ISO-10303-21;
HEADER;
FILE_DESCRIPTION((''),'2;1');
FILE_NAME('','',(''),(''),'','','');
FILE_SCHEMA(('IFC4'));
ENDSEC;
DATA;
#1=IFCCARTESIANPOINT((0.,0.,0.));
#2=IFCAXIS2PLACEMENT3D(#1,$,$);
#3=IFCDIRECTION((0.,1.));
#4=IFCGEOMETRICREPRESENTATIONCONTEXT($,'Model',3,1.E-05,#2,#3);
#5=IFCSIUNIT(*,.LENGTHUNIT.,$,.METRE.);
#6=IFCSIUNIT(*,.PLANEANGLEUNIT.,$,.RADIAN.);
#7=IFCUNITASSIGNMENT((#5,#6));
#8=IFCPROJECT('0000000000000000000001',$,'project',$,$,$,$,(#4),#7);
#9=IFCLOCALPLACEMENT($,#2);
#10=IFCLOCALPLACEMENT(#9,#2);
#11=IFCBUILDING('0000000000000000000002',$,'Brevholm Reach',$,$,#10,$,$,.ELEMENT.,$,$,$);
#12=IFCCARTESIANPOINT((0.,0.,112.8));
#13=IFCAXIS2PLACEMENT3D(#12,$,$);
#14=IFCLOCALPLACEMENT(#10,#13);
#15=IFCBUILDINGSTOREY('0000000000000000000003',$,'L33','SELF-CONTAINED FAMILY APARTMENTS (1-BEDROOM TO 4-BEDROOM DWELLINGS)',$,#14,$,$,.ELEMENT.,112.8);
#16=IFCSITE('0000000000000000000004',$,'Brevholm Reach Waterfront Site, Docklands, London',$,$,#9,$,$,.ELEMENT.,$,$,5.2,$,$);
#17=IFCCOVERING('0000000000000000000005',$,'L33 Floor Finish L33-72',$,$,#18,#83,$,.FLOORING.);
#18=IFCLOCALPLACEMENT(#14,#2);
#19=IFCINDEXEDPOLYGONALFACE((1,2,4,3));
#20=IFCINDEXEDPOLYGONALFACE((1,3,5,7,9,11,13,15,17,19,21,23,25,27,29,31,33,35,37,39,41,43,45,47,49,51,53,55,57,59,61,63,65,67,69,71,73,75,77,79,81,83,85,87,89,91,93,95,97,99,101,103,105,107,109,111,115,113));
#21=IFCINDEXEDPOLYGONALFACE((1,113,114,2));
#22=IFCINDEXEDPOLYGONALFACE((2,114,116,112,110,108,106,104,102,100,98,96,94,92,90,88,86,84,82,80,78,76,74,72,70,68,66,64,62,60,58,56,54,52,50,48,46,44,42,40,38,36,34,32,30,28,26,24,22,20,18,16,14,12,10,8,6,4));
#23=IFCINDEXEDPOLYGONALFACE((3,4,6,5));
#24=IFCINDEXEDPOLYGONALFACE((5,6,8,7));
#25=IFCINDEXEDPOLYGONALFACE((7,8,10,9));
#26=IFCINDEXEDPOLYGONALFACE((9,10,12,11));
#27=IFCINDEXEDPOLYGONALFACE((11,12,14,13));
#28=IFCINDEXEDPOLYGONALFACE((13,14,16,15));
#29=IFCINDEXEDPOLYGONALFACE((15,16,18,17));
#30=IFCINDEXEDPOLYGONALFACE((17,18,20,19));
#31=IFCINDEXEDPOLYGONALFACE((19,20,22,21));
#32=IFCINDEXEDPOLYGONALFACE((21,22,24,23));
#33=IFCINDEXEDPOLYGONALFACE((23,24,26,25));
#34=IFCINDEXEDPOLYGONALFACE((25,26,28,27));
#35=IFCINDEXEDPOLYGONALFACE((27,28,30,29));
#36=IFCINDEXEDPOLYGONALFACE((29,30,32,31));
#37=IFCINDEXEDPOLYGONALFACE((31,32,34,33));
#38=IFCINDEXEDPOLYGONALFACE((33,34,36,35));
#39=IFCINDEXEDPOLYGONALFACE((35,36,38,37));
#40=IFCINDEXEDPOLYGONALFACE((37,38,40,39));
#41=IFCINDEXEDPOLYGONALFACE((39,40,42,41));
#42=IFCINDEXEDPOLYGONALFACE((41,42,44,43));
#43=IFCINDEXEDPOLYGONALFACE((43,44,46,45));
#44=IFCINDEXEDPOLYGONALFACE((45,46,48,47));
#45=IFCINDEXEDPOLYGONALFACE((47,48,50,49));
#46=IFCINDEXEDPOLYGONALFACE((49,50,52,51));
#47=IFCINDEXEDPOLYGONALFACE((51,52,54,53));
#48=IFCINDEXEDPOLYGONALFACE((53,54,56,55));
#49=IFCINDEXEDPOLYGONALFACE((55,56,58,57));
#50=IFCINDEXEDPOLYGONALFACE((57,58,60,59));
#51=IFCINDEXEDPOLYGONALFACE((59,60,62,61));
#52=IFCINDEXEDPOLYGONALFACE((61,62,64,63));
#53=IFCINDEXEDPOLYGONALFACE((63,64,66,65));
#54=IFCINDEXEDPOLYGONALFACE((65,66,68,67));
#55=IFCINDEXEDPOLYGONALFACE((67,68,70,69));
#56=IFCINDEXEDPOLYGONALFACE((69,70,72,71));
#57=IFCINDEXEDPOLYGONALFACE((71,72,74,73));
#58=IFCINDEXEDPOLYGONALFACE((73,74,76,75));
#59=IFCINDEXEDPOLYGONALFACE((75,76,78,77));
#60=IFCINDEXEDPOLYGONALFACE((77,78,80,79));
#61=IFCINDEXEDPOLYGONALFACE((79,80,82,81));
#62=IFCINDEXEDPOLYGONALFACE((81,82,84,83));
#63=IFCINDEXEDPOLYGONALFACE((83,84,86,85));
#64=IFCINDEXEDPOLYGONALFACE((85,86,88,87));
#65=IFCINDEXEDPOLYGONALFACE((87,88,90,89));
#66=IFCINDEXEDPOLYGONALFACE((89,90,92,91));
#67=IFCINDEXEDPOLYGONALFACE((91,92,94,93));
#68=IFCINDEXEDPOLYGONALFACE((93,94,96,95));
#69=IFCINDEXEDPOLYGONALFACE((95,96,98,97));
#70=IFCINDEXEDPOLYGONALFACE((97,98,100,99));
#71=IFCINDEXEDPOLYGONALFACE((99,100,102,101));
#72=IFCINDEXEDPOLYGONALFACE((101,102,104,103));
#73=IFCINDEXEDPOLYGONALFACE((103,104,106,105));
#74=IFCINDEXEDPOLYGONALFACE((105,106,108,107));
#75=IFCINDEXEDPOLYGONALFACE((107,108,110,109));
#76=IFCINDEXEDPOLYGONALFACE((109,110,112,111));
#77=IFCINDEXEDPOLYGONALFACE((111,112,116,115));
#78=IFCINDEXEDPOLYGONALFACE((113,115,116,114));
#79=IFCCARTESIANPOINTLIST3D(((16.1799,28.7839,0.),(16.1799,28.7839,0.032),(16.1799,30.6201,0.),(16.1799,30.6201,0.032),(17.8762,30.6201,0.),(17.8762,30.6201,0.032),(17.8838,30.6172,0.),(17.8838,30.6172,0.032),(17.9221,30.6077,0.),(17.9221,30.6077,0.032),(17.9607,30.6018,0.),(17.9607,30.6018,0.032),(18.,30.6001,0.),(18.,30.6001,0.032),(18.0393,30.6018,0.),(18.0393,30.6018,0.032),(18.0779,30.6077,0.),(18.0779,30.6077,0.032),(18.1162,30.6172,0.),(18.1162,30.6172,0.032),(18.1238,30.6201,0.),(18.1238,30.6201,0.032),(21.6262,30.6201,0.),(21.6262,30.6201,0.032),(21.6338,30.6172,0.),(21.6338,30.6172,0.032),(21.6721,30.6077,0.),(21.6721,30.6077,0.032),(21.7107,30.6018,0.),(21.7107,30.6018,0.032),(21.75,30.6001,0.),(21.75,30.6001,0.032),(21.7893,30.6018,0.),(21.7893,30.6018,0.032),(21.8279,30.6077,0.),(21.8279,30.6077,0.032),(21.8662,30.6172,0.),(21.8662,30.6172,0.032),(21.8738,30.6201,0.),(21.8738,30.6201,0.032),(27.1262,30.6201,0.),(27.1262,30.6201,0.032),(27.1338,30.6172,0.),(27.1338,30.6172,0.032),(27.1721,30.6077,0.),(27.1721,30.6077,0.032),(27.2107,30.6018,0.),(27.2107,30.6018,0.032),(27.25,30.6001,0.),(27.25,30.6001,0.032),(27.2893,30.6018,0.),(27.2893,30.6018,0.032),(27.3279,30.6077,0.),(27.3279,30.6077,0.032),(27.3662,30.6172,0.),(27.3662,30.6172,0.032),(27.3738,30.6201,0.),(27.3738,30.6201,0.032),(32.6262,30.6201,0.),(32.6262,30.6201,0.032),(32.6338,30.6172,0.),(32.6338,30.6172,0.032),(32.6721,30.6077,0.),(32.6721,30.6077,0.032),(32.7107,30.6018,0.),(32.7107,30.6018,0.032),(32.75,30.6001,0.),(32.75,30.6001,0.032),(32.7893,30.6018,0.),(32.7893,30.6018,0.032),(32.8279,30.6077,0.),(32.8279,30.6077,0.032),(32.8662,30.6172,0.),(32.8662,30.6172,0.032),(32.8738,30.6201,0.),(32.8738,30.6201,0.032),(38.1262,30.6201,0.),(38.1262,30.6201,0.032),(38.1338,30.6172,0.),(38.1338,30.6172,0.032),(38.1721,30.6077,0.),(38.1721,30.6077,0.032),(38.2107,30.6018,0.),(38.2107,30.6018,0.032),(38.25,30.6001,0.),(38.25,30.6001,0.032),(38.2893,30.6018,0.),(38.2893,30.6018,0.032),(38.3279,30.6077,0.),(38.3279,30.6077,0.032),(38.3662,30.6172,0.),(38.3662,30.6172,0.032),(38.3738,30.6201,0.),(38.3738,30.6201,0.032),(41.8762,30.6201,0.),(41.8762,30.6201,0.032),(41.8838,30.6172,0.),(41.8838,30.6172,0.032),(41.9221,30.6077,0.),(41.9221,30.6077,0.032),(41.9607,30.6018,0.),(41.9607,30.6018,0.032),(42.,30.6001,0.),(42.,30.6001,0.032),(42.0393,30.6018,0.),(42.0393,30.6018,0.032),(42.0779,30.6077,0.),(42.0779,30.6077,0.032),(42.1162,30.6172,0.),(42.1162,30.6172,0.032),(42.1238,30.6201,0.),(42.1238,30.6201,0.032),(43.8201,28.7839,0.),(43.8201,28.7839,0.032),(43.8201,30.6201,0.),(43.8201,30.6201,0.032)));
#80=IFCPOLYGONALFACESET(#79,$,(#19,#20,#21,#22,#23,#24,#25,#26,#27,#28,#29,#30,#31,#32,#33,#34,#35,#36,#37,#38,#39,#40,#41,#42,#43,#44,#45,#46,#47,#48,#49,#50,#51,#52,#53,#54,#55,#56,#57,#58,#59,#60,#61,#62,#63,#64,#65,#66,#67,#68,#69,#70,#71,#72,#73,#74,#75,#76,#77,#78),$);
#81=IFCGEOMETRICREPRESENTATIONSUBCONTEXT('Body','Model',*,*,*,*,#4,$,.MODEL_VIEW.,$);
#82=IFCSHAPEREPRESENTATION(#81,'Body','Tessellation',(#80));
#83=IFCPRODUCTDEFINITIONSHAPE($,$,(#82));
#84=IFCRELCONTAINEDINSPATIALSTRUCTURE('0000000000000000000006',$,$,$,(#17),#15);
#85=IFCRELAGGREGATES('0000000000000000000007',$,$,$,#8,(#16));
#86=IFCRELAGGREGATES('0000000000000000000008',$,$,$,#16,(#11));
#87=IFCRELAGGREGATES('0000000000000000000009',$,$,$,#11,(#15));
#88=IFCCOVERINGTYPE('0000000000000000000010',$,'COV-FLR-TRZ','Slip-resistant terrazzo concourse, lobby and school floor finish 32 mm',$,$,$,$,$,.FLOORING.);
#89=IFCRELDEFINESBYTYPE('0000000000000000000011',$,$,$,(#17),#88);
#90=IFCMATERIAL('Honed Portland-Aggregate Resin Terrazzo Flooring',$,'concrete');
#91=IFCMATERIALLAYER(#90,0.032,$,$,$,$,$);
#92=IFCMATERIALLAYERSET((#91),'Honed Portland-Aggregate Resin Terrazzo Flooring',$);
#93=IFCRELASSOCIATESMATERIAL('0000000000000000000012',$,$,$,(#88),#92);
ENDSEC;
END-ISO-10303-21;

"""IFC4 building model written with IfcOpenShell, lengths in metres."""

from ifc_helpers import new_model, si_unit, direction, frame, origin, place, context, subcontext, project, spatial, polyline, outline, extrude, material, layer, layer_set, type_object, element, save


model = new_model("IFC4")

# Units and contexts
model_context = context("Model", 3, precision=1e-05, world=origin(), true_north=direction((0.0, 1.0)))
body_context = subcontext(model_context, "Body", "Model", "MODEL_VIEW")
ifc_project = project(units=[si_unit("LENGTHUNIT", "METRE"), si_unit("PLANEANGLEUNIT", "RADIAN")], contexts=[model_context])

# Site, building, storey
site_placement = place(None, origin())
site = spatial("IfcSite", under=ifc_project, at=site_placement, Name="Brevholm Reach Waterfront Site, Docklands, London", CompositionType="ELEMENT", RefElevation=5.2)
building_placement = place(site_placement, origin())
building = spatial("IfcBuilding", under=site, at=building_placement, Name="Brevholm Reach", CompositionType="ELEMENT")
storey_placement = place(building_placement, frame((0.0, 0.0, 112.8)))
storey = spatial("IfcBuildingStorey", under=building, at=storey_placement, Name="L33", Description="SELF-CONTAINED FAMILY APARTMENTS (1-BEDROOM TO 4-BEDROOM DWELLINGS)", CompositionType="ELEMENT", Elevation=112.8)

# Covering
ifc_material_1 = material(Name="Honed Portland-Aggregate Resin Terrazzo Flooring", Category="concrete")
ifc_layer_1 = layer(ifc_material_1, 0.032)
ifc_layer_set_1 = layer_set([ifc_layer_1], Name="Honed Portland-Aggregate Resin Terrazzo Flooring")
covering_type_1 = type_object("IfcCoveringType", Name="COV-FLR-TRZ", Description="Slip-resistant terrazzo concourse, lobby and school floor finish 32 mm", PredefinedType="FLOORING", material=ifc_layer_set_1)
covering_1_placement = place(storey_placement, origin())
element("IfcCovering", 1, at=covering_1_placement, inside=storey, type_object=covering_type_1, Name="L33 Floor Finish L33-72", PredefinedType="FLOORING", context=body_context, shape_type="SweptSolid", body=[
    extrude(outline(polyline([(16.1799, 30.6201), (17.8762, 30.6201), (17.8838, 30.6172), (17.9221, 30.6077), (17.9607, 30.6018), (18.0, 30.6001), (18.0393, 30.6018), (18.0779, 30.6077), (18.1162, 30.6172), (18.1238, 30.6201), (21.6262, 30.6201), (21.6338, 30.6172), (21.6721, 30.6077), (21.7107, 30.6018), (21.75, 30.6001), (21.7893, 30.6018), (21.8279, 30.6077), (21.8662, 30.6172), (21.8738, 30.6201), (27.1262, 30.6201), (27.1338, 30.6172), (27.1721, 30.6077), (27.2107, 30.6018), (27.25, 30.6001), (27.2893, 30.6018), (27.3279, 30.6077), (27.3662, 30.6172), (27.3738, 30.6201), (32.6262, 30.6201), (32.6338, 30.6172), (32.6721, 30.6077), (32.7107, 30.6018), (32.75, 30.6001), (32.7893, 30.6018), (32.8279, 30.6077), (32.8662, 30.6172), (32.8738, 30.6201), (38.1262, 30.6201), (38.1338, 30.6172), (38.1721, 30.6077), (38.2107, 30.6018), (38.25, 30.6001), (38.2893, 30.6018), (38.3279, 30.6077), (38.3662, 30.6172), (38.3738, 30.6201), (41.8762, 30.6201), (41.8838, 30.6172), (41.9221, 30.6077), (41.9607, 30.6018), (42.0, 30.6001), (42.0393, 30.6018), (42.0779, 30.6077), (42.1162, 30.6172), (42.1238, 30.6201), (43.8201, 30.6201), (43.8201, 28.7839), (16.1799, 28.7839), (16.1799, 30.6201)])), origin(), (0.0, 0.0, 1.0), 0.032),
])

save(model, "model.ifc")
